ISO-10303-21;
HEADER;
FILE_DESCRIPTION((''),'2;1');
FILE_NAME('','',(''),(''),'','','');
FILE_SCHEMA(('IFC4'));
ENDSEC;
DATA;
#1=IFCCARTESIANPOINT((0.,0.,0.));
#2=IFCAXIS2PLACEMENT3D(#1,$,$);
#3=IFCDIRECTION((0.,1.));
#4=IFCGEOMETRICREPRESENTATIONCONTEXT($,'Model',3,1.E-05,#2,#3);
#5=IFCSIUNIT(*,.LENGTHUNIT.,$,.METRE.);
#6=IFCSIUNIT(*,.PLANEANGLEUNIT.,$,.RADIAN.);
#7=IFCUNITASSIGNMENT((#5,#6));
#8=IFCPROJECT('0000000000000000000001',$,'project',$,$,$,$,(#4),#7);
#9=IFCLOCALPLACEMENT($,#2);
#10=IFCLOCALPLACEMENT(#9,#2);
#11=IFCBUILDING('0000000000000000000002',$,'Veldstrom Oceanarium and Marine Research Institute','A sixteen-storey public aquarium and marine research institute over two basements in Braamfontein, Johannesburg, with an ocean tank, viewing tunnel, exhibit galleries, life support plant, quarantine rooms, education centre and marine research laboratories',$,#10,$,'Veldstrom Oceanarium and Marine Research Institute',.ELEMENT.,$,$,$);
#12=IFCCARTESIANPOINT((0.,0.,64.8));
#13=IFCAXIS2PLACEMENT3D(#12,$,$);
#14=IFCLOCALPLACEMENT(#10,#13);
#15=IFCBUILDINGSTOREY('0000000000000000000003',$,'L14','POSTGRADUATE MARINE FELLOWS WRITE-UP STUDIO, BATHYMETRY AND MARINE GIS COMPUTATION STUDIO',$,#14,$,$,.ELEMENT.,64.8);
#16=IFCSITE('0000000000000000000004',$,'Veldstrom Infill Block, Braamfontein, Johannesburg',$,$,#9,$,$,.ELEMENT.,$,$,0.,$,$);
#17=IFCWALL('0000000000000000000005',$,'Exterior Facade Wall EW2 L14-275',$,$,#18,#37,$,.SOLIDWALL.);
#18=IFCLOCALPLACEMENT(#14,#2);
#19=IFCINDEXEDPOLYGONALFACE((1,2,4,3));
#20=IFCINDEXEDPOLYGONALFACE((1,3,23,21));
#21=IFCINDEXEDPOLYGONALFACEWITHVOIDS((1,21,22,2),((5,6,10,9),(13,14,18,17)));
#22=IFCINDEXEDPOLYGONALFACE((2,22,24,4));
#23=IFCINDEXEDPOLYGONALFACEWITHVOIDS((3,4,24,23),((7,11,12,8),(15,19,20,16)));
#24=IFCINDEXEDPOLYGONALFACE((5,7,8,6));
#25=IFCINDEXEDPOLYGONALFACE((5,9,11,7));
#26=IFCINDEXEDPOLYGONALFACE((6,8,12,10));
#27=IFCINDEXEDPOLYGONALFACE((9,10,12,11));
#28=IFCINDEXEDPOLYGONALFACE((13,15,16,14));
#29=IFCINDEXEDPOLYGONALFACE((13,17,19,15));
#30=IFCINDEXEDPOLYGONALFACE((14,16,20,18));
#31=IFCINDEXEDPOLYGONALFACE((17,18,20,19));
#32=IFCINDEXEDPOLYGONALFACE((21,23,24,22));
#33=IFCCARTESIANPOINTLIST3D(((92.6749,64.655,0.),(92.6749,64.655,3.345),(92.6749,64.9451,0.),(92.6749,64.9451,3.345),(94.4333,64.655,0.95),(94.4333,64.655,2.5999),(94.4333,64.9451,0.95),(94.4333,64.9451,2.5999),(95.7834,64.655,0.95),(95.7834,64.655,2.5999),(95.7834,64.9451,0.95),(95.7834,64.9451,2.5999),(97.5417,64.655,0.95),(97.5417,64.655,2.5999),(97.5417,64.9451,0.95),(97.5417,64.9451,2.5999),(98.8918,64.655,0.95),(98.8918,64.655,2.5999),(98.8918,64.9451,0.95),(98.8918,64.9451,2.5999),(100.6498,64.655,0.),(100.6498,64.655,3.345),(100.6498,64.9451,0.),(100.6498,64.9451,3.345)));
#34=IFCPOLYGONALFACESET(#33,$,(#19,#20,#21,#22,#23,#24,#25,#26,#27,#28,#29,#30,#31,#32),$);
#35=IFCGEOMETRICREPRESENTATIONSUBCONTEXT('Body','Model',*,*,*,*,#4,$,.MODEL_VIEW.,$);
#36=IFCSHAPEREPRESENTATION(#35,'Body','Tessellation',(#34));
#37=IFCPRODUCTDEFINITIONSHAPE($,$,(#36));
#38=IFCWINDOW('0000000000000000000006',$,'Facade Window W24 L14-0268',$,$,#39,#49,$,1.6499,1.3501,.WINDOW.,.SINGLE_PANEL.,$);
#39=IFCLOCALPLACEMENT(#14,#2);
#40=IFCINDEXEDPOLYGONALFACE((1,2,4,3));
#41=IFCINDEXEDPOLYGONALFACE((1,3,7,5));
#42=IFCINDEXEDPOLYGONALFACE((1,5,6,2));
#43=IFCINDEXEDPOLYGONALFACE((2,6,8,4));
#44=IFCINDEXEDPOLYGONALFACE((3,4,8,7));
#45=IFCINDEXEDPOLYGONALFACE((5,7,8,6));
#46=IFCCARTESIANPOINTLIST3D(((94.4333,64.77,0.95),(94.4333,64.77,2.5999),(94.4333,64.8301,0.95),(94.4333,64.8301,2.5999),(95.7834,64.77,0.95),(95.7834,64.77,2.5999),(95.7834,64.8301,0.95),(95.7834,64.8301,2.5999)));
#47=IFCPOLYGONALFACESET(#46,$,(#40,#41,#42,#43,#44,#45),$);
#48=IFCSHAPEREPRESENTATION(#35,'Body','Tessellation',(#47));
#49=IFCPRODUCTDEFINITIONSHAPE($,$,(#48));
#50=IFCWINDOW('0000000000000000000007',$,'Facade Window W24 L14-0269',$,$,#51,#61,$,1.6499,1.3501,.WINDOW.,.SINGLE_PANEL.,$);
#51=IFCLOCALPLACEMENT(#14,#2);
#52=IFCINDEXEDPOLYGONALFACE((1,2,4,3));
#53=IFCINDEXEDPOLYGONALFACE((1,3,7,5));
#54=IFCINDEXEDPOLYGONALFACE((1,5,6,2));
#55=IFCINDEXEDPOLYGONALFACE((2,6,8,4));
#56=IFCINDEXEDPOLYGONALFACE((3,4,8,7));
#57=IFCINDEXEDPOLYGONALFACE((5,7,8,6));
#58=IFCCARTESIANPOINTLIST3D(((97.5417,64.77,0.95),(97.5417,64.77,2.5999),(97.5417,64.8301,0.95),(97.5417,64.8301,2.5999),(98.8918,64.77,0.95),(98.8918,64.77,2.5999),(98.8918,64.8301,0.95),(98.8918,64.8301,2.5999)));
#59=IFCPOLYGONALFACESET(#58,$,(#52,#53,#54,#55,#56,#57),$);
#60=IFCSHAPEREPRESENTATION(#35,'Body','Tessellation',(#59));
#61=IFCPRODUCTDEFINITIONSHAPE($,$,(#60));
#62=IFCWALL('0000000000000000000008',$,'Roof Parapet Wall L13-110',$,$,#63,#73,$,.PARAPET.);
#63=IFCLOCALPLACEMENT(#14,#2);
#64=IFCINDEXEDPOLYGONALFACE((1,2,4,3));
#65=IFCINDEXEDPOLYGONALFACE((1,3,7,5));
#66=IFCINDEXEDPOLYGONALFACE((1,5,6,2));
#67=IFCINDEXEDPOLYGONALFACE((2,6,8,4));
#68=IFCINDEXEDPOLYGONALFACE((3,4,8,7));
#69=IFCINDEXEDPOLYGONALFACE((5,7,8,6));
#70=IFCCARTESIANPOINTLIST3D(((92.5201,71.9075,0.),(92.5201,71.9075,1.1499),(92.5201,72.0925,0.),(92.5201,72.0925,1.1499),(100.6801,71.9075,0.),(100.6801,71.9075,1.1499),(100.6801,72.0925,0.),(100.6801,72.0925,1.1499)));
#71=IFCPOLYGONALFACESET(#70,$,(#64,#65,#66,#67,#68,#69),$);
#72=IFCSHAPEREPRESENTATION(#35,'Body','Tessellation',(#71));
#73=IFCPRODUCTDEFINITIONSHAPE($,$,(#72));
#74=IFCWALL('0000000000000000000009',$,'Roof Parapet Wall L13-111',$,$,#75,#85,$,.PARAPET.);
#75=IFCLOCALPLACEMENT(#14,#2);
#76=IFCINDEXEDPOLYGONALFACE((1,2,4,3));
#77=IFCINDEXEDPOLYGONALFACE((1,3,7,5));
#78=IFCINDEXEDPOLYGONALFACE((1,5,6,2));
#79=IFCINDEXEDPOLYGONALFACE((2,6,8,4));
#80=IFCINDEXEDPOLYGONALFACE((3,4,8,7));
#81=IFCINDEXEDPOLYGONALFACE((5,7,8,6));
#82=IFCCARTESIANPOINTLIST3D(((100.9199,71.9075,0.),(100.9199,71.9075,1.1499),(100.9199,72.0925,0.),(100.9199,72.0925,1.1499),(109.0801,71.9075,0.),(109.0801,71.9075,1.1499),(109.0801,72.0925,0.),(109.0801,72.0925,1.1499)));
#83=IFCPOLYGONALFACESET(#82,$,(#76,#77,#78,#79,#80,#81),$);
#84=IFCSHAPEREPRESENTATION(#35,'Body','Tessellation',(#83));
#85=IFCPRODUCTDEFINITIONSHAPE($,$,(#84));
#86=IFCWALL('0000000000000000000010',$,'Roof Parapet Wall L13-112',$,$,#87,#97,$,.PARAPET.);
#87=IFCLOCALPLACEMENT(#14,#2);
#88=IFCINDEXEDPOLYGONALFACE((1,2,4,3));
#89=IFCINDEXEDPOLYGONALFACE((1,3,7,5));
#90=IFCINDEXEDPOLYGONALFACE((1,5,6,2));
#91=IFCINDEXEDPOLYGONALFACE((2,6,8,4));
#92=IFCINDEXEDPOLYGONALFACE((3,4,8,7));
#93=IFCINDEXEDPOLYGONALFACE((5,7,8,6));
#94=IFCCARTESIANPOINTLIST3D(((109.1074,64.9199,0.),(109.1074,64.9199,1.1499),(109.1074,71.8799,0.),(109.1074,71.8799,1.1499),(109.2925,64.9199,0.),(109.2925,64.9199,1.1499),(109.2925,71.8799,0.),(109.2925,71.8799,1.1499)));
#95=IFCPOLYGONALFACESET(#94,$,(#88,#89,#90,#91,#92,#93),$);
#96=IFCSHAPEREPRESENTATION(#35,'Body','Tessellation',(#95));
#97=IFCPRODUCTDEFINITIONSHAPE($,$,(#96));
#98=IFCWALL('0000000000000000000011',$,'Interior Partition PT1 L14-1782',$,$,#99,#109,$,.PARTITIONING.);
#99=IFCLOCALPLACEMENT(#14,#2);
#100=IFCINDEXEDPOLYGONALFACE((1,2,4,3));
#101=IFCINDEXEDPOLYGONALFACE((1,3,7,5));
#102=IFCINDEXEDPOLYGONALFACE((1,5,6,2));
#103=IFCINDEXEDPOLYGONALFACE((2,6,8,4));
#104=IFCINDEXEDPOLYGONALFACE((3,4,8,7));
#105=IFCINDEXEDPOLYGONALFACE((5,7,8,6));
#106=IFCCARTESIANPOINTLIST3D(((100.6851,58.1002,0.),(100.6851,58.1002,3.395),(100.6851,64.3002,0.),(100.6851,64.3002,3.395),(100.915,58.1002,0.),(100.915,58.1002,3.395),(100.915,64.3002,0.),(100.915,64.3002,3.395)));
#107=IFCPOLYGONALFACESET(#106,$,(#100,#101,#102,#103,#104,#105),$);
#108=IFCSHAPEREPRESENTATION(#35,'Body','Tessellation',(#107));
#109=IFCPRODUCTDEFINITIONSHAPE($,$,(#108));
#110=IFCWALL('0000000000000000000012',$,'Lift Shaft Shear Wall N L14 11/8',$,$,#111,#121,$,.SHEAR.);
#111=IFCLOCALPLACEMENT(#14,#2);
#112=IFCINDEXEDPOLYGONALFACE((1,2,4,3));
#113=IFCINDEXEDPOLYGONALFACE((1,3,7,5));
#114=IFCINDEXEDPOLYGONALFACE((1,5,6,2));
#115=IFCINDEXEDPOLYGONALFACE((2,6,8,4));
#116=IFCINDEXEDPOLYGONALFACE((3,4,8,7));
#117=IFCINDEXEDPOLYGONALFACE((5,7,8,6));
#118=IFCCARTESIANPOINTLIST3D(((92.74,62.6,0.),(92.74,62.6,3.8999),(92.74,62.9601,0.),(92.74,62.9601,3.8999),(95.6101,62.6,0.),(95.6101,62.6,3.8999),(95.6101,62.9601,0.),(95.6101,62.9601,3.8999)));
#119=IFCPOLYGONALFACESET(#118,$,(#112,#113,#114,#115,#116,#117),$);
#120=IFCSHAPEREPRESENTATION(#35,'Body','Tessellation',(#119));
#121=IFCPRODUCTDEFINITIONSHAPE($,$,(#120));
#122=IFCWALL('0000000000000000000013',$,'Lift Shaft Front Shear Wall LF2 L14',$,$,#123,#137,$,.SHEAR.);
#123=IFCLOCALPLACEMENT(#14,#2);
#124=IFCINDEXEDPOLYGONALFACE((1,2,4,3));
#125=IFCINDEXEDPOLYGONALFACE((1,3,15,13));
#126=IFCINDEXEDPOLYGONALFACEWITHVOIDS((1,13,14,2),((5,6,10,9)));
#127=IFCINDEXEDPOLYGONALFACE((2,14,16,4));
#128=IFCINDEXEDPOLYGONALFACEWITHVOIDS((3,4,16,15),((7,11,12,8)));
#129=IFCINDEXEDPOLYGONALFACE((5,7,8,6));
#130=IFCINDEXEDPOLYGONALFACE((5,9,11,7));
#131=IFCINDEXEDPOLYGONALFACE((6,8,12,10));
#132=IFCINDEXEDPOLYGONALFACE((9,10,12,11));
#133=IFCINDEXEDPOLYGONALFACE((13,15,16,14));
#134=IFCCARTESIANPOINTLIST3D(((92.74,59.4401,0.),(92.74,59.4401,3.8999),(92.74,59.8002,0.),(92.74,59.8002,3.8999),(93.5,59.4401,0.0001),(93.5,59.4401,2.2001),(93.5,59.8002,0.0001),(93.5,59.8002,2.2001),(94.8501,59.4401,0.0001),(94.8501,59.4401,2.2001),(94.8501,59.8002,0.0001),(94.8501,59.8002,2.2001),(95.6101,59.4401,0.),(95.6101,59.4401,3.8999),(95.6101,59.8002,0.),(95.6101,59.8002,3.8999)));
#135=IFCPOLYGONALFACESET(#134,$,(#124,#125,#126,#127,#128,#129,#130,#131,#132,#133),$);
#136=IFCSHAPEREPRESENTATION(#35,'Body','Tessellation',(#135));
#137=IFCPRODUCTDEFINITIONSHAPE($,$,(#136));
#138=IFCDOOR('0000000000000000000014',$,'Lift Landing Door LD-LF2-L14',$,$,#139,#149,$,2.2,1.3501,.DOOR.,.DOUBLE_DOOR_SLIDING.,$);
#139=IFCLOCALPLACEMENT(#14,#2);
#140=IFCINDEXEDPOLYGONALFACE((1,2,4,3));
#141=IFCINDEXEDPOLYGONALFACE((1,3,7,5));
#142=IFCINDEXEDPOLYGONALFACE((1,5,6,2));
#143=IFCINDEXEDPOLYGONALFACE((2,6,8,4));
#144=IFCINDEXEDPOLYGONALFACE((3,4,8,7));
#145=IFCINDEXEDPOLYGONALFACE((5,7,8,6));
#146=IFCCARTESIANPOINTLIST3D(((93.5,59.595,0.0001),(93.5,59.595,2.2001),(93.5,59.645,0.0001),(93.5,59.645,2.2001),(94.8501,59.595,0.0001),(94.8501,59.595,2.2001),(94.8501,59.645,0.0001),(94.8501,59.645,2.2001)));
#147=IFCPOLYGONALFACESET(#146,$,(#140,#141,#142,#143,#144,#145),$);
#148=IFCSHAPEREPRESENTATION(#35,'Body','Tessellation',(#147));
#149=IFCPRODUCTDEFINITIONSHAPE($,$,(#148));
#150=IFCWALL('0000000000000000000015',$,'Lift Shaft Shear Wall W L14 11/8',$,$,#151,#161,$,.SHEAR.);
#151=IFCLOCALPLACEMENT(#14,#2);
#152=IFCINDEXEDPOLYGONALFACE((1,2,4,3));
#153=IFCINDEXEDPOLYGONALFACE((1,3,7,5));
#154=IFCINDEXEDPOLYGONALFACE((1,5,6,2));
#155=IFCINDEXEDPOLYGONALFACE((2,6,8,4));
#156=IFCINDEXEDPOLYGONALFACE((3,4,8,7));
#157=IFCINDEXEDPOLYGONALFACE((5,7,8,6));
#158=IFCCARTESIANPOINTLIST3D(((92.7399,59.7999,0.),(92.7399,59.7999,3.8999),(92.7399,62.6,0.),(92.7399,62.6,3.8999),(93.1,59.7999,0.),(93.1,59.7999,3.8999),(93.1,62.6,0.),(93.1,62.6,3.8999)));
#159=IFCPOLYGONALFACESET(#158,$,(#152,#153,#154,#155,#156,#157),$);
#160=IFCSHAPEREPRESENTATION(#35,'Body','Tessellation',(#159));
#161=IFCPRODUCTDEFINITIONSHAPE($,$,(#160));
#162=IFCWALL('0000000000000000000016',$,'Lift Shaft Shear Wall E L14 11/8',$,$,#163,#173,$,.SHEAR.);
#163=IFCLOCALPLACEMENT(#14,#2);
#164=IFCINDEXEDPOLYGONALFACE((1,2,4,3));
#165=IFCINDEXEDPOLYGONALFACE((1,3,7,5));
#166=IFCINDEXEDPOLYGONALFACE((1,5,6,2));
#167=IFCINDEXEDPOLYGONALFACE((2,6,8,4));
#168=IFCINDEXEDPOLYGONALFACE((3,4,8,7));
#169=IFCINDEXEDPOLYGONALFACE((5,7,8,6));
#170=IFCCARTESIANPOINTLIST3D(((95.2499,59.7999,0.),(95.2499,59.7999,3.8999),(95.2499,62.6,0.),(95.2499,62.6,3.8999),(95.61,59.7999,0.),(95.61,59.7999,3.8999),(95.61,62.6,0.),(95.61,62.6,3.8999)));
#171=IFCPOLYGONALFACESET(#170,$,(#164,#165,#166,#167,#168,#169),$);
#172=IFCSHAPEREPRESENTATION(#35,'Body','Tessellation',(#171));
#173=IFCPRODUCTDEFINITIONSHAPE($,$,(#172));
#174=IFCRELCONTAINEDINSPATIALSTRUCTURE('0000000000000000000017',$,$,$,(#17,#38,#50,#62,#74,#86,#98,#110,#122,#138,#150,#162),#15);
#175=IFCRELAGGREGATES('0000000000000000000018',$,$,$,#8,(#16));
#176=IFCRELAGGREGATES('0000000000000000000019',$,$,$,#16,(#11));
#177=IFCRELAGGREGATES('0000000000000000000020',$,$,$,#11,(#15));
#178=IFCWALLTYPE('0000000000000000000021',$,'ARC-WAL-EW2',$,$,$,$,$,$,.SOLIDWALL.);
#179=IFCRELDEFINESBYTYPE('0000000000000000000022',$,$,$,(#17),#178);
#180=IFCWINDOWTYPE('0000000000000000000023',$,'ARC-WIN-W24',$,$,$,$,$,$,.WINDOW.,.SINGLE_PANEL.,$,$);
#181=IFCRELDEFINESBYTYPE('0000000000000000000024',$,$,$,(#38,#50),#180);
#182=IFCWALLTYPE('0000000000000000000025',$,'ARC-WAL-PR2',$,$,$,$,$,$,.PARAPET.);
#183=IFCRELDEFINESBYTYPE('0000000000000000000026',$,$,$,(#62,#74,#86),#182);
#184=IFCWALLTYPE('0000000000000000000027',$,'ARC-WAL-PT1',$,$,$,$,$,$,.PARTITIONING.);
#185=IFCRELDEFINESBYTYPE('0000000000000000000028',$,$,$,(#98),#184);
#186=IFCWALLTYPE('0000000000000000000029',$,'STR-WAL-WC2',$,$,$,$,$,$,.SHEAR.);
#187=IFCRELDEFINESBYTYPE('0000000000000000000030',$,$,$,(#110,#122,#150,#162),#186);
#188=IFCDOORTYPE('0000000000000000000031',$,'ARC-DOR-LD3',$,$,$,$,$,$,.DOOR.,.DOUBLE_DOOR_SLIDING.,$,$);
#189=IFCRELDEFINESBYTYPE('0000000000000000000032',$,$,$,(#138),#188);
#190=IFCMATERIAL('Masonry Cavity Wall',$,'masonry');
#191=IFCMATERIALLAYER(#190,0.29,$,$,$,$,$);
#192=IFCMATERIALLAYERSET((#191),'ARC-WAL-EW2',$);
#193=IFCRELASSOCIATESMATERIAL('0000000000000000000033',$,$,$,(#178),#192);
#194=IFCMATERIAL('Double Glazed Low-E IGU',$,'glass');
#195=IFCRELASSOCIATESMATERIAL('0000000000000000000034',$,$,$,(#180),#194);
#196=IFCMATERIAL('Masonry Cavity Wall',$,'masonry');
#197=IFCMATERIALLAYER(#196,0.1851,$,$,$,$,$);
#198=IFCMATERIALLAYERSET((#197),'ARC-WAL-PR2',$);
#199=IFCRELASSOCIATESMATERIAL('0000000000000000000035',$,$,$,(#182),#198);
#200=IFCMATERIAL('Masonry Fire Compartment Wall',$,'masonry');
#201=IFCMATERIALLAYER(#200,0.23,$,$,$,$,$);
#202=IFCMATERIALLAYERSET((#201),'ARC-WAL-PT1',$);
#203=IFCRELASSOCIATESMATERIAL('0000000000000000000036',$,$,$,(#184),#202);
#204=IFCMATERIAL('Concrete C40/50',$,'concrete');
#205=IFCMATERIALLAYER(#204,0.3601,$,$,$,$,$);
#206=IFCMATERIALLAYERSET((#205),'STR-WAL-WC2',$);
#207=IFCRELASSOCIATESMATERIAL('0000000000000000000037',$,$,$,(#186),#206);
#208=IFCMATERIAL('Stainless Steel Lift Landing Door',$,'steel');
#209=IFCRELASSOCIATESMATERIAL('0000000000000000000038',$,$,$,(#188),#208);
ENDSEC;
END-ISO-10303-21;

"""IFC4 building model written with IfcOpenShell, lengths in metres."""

from ifc_helpers import new_model, si_unit, direction, frame, frame_2d, origin, place, context, subcontext, project, spatial, rectangle, extrude, material, layer, layer_set, type_object, element, fill, save


model = new_model("IFC4")

# Units and contexts
model_context = context("Model", 3, precision=1e-05, world=origin(), true_north=direction((0.0, 1.0)))
body_context = subcontext(model_context, "Body", "Model", "MODEL_VIEW")
ifc_project = project(units=[si_unit("LENGTHUNIT", "METRE"), si_unit("PLANEANGLEUNIT", "RADIAN")], contexts=[model_context])

# Site, building, storey
site_placement = place(None, origin())
site = spatial("IfcSite", under=ifc_project, at=site_placement, Name="Veldstrom Infill Block, Braamfontein, Johannesburg", CompositionType="ELEMENT", RefElevation=0.0)
building_placement = place(site_placement, origin())
building = spatial("IfcBuilding", under=site, at=building_placement, Name="Veldstrom Oceanarium and Marine Research Institute", Description="A sixteen-storey public aquarium and marine research institute over two basements in Braamfontein, Johannesburg, with an ocean tank, viewing tunnel, exhibit galleries, life support plant, quarantine rooms, education centre and marine research laboratories", LongName="Veldstrom Oceanarium and Marine Research Institute", CompositionType="ELEMENT")
storey_placement = place(building_placement, frame((0.0, 0.0, 64.8)))
storey = spatial("IfcBuildingStorey", under=building, at=storey_placement, Name="L14", Description="POSTGRADUATE MARINE FELLOWS WRITE-UP STUDIO, BATHYMETRY AND MARINE GIS COMPUTATION STUDIO", CompositionType="ELEMENT", Elevation=64.8)

# Wall, openings, windows
ifc_material_1 = material(Name="Masonry Cavity Wall", Category="masonry")
ifc_layer_1 = layer(ifc_material_1, 0.29)
ifc_layer_set_1 = layer_set([ifc_layer_1], Name="ARC-WAL-EW2")
wall_type_1 = type_object("IfcWallType", Name="ARC-WAL-EW2", PredefinedType="SOLIDWALL", material=ifc_layer_set_1)
wall_1_placement = place(storey_placement, frame((92.675, 64.8, 0.0), z_axis=(0.0, 0.0, 1.0), x_axis=(1.0, 0.0, 0.0)))
wall_1 = element("IfcWall", 1, at=wall_1_placement, inside=storey, type_object=wall_type_1, Name="Exterior Facade Wall EW2 L14-275", PredefinedType="SOLIDWALL", context=body_context, shape_type="SweptSolid", body=[
    extrude(rectangle(XDim=7.9749, YDim=0.29, at=frame_2d((3.9873, 0.0))), origin(), (0.0, 0.0, 1.0), 3.345),
])
opening_1_placement = place(wall_1_placement, frame((1.7583, 0.0, 0.95)))
opening_1 = element("IfcOpeningElement", 2, at=opening_1_placement, cuts=wall_1, PredefinedType="OPENING", context=body_context, shape_type="SweptSolid", body=[
    extrude(rectangle(XDim=1.3501, YDim=1.6499, at=frame_2d((0.675, 0.825))), frame((0.0, 0.155, 0.0), z_axis=(0.0, -1.0, 0.0), x_axis=(1.0, 0.0, 0.0)), (0.0, 0.0, 1.0), 0.3101),
])
opening_2_placement = place(wall_1_placement, frame((4.8667, 0.0, 0.95)))
opening_2 = element("IfcOpeningElement", 3, at=opening_2_placement, cuts=wall_1, PredefinedType="OPENING", context=body_context, shape_type="SweptSolid", body=[
    extrude(rectangle(XDim=1.3501, YDim=1.6499, at=frame_2d((0.675, 0.825))), frame((0.0, 0.155, 0.0), z_axis=(0.0, -1.0, 0.0), x_axis=(1.0, 0.0, 0.0)), (0.0, 0.0, 1.0), 0.3101),
])
ifc_material_2 = material(Name="Double Glazed Low-E IGU", Category="glass")
window_type_1 = type_object("IfcWindowType", Name="ARC-WIN-W24", PartitioningType="SINGLE_PANEL", PredefinedType="WINDOW", material=ifc_material_2)
window_1_placement = place(opening_1_placement, origin())
window_1 = element("IfcWindow", 4, at=window_1_placement, inside=storey, type_object=window_type_1, Name="Facade Window W24 L14-0268", OverallHeight=1.6499, OverallWidth=1.3501, PartitioningType="SINGLE_PANEL", PredefinedType="WINDOW", context=body_context, shape_type="SweptSolid", body=[
    extrude(rectangle(XDim=1.3501, YDim=1.6499, at=frame_2d((0.675, 0.825))), frame((0.0, 0.03, 0.0), z_axis=(0.0, -1.0, 0.0), x_axis=(1.0, 0.0, 0.0)), (0.0, 0.0, 1.0), 0.0601),
])
fill(opening_1, window_1)
window_2_placement = place(opening_2_placement, origin())
window_2 = element("IfcWindow", 5, at=window_2_placement, inside=storey, type_object=window_type_1, Name="Facade Window W24 L14-0269", OverallHeight=1.6499, OverallWidth=1.3501, PartitioningType="SINGLE_PANEL", PredefinedType="WINDOW", context=body_context, shape_type="SweptSolid", body=[
    extrude(rectangle(XDim=1.3501, YDim=1.6499, at=frame_2d((0.675, 0.825))), frame((0.0, 0.03, 0.0), z_axis=(0.0, -1.0, 0.0), x_axis=(1.0, 0.0, 0.0)), (0.0, 0.0, 1.0), 0.0601),
])
fill(opening_2, window_2)

# Walls
ifc_material_3 = material(Name="Masonry Cavity Wall", Category="masonry")
ifc_layer_2 = layer(ifc_material_3, 0.1851)
ifc_layer_set_2 = layer_set([ifc_layer_2], Name="ARC-WAL-PR2")
wall_type_2 = type_object("IfcWallType", Name="ARC-WAL-PR2", PredefinedType="PARAPET", material=ifc_layer_set_2)
wall_2_placement = place(storey_placement, frame((92.52, 72.0, 0.0), z_axis=(0.0, 0.0, 1.0), x_axis=(1.0, 0.0, 0.0)))
element("IfcWall", 6, at=wall_2_placement, inside=storey, type_object=wall_type_2, Name="Roof Parapet Wall L13-110", PredefinedType="PARAPET", context=body_context, shape_type="SweptSolid", body=[
    extrude(rectangle(XDim=8.1599, YDim=0.1851, at=frame_2d((4.0801, 0.0))), origin(), (0.0, 0.0, 1.0), 1.1499),
])
wall_3_placement = place(storey_placement, frame((100.9199, 72.0, 0.0), z_axis=(0.0, 0.0, 1.0), x_axis=(1.0, 0.0, 0.0)))
element("IfcWall", 7, at=wall_3_placement, inside=storey, type_object=wall_type_2, Name="Roof Parapet Wall L13-111", PredefinedType="PARAPET", context=body_context, shape_type="SweptSolid", body=[
    extrude(rectangle(XDim=8.1602, YDim=0.1851, at=frame_2d((4.0801, 0.0))), origin(), (0.0, 0.0, 1.0), 1.1499),
])
wall_4_placement = place(storey_placement, frame((109.2, 64.9199, 0.0), z_axis=(0.0, 0.0, 1.0), x_axis=(0.0, 1.0, 0.0)))
element("IfcWall", 8, at=wall_4_placement, inside=storey, type_object=wall_type_2, Name="Roof Parapet Wall L13-112", PredefinedType="PARAPET", context=body_context, shape_type="SweptSolid", body=[
    extrude(rectangle(XDim=6.96, YDim=0.1851, at=frame_2d((3.48, 0.0))), origin(), (0.0, 0.0, 1.0), 1.1499),
])

# Shared definitions
ifc_material_4 = material(Name="Masonry Fire Compartment Wall", Category="masonry")
ifc_layer_3 = layer(ifc_material_4, 0.23)
ifc_layer_set_3 = layer_set([ifc_layer_3], Name="ARC-WAL-PT1")
wall_type_3 = type_object("IfcWallType", Name="ARC-WAL-PT1", PredefinedType="PARTITIONING", material=ifc_layer_set_3)

# Walls
wall_5_placement = place(storey_placement, frame((100.8, 58.1001, 0.0), z_axis=(0.0, 0.0, 1.0), x_axis=(0.0, 1.0, 0.0)))
element("IfcWall", 9, at=wall_5_placement, inside=storey, type_object=wall_type_3, Name="Interior Partition PT1 L14-1782", PredefinedType="PARTITIONING", context=body_context, shape_type="SweptSolid", body=[
    extrude(rectangle(XDim=6.2, YDim=0.23, at=frame_2d((3.1001, 0.0))), origin(), (0.0, 0.0, 1.0), 3.395),
])
ifc_material_5 = material(Name="Concrete C40/50", Category="concrete")
ifc_layer_4 = layer(ifc_material_5, 0.3601)
ifc_layer_set_4 = layer_set([ifc_layer_4], Name="STR-WAL-WC2")
wall_type_4 = type_object("IfcWallType", Name="STR-WAL-WC2", PredefinedType="SHEAR", material=ifc_layer_set_4)
wall_6_placement = place(storey_placement, frame((92.74, 62.78, 0.0), z_axis=(0.0, 0.0, 1.0), x_axis=(1.0, 0.0, 0.0)))
element("IfcWall", 10, at=wall_6_placement, inside=storey, type_object=wall_type_4, Name="Lift Shaft Shear Wall N L14 11/8", PredefinedType="SHEAR", context=body_context, shape_type="SweptSolid", body=[
    extrude(rectangle(XDim=2.8701, YDim=0.3601, at=frame_2d((1.4351, 0.0))), origin(), (0.0, 0.0, 1.0), 3.8999),
])

# Wall, opening, door
wall_7_placement = place(storey_placement, frame((92.74, 59.6201, 0.0), z_axis=(0.0, 0.0, 1.0), x_axis=(1.0, 0.0, 0.0)))
wall_7 = element("IfcWall", 11, at=wall_7_placement, inside=storey, type_object=wall_type_4, Name="Lift Shaft Front Shear Wall LF2 L14", PredefinedType="SHEAR", context=body_context, shape_type="SweptSolid", body=[
    extrude(rectangle(XDim=2.8701, YDim=0.3601, at=frame_2d((1.4351, 0.0))), origin(), (0.0, 0.0, 1.0), 3.8999),
])
opening_3_placement = place(wall_7_placement, frame((0.76, 0.0, 0.0)))
opening_3 = element("IfcOpeningElement", 12, at=opening_3_placement, cuts=wall_7, PredefinedType="OPENING", context=body_context, shape_type="SweptSolid", body=[
    extrude(rectangle(XDim=1.3501, YDim=2.2, at=frame_2d((0.675, 1.1001))), frame((0.0, 0.1899, 0.0), z_axis=(0.0, -1.0, 0.0), x_axis=(1.0, 0.0, 0.0)), (0.0, 0.0, 1.0), 0.3801),
])
ifc_material_6 = material(Name="Stainless Steel Lift Landing Door", Category="steel")
door_type_1 = type_object("IfcDoorType", Name="ARC-DOR-LD3", OperationType="DOUBLE_DOOR_SLIDING", PredefinedType="DOOR", material=ifc_material_6)
door_1_placement = place(opening_3_placement, origin())
door_1 = element("IfcDoor", 13, at=door_1_placement, inside=storey, type_object=door_type_1, Name="Lift Landing Door LD-LF2-L14", OperationType="DOUBLE_DOOR_SLIDING", OverallHeight=2.2, OverallWidth=1.3501, PredefinedType="DOOR", context=body_context, shape_type="SweptSolid", body=[
    extrude(rectangle(XDim=1.3501, YDim=2.2, at=frame_2d((0.675, 1.1001))), frame((0.0, 0.0249, 0.0), z_axis=(0.0, -1.0, 0.0), x_axis=(1.0, 0.0, 0.0)), (0.0, 0.0, 1.0), 0.05),
])
fill(opening_3, door_1)

# Walls
for number, where, z_axis, x_axis, name in (
    (14, (92.9199, 59.8, 0.0), (0.0, 0.0, 1.0), (0.0, 1.0, 0.0), "Lift Shaft Shear Wall W L14 11/8"),
    (15, (95.4299, 59.8, 0.0), (0.0, 0.0, 1.0), (0.0, 1.0, 0.0), "Lift Shaft Shear Wall E L14 11/8"),
):
    element("IfcWall", number, at=place(storey_placement, frame(where, z_axis=z_axis, x_axis=x_axis)), inside=storey, type_object=wall_type_4, Name=name, PredefinedType="SHEAR", context=body_context, shape_type="SweptSolid", body=[
        extrude(rectangle(XDim=2.8, YDim=0.3601, at=frame_2d((1.3999, 0.0))), origin(), (0.0, 0.0, 1.0), 3.8999),
    ])

save(model, "model.ifc")
